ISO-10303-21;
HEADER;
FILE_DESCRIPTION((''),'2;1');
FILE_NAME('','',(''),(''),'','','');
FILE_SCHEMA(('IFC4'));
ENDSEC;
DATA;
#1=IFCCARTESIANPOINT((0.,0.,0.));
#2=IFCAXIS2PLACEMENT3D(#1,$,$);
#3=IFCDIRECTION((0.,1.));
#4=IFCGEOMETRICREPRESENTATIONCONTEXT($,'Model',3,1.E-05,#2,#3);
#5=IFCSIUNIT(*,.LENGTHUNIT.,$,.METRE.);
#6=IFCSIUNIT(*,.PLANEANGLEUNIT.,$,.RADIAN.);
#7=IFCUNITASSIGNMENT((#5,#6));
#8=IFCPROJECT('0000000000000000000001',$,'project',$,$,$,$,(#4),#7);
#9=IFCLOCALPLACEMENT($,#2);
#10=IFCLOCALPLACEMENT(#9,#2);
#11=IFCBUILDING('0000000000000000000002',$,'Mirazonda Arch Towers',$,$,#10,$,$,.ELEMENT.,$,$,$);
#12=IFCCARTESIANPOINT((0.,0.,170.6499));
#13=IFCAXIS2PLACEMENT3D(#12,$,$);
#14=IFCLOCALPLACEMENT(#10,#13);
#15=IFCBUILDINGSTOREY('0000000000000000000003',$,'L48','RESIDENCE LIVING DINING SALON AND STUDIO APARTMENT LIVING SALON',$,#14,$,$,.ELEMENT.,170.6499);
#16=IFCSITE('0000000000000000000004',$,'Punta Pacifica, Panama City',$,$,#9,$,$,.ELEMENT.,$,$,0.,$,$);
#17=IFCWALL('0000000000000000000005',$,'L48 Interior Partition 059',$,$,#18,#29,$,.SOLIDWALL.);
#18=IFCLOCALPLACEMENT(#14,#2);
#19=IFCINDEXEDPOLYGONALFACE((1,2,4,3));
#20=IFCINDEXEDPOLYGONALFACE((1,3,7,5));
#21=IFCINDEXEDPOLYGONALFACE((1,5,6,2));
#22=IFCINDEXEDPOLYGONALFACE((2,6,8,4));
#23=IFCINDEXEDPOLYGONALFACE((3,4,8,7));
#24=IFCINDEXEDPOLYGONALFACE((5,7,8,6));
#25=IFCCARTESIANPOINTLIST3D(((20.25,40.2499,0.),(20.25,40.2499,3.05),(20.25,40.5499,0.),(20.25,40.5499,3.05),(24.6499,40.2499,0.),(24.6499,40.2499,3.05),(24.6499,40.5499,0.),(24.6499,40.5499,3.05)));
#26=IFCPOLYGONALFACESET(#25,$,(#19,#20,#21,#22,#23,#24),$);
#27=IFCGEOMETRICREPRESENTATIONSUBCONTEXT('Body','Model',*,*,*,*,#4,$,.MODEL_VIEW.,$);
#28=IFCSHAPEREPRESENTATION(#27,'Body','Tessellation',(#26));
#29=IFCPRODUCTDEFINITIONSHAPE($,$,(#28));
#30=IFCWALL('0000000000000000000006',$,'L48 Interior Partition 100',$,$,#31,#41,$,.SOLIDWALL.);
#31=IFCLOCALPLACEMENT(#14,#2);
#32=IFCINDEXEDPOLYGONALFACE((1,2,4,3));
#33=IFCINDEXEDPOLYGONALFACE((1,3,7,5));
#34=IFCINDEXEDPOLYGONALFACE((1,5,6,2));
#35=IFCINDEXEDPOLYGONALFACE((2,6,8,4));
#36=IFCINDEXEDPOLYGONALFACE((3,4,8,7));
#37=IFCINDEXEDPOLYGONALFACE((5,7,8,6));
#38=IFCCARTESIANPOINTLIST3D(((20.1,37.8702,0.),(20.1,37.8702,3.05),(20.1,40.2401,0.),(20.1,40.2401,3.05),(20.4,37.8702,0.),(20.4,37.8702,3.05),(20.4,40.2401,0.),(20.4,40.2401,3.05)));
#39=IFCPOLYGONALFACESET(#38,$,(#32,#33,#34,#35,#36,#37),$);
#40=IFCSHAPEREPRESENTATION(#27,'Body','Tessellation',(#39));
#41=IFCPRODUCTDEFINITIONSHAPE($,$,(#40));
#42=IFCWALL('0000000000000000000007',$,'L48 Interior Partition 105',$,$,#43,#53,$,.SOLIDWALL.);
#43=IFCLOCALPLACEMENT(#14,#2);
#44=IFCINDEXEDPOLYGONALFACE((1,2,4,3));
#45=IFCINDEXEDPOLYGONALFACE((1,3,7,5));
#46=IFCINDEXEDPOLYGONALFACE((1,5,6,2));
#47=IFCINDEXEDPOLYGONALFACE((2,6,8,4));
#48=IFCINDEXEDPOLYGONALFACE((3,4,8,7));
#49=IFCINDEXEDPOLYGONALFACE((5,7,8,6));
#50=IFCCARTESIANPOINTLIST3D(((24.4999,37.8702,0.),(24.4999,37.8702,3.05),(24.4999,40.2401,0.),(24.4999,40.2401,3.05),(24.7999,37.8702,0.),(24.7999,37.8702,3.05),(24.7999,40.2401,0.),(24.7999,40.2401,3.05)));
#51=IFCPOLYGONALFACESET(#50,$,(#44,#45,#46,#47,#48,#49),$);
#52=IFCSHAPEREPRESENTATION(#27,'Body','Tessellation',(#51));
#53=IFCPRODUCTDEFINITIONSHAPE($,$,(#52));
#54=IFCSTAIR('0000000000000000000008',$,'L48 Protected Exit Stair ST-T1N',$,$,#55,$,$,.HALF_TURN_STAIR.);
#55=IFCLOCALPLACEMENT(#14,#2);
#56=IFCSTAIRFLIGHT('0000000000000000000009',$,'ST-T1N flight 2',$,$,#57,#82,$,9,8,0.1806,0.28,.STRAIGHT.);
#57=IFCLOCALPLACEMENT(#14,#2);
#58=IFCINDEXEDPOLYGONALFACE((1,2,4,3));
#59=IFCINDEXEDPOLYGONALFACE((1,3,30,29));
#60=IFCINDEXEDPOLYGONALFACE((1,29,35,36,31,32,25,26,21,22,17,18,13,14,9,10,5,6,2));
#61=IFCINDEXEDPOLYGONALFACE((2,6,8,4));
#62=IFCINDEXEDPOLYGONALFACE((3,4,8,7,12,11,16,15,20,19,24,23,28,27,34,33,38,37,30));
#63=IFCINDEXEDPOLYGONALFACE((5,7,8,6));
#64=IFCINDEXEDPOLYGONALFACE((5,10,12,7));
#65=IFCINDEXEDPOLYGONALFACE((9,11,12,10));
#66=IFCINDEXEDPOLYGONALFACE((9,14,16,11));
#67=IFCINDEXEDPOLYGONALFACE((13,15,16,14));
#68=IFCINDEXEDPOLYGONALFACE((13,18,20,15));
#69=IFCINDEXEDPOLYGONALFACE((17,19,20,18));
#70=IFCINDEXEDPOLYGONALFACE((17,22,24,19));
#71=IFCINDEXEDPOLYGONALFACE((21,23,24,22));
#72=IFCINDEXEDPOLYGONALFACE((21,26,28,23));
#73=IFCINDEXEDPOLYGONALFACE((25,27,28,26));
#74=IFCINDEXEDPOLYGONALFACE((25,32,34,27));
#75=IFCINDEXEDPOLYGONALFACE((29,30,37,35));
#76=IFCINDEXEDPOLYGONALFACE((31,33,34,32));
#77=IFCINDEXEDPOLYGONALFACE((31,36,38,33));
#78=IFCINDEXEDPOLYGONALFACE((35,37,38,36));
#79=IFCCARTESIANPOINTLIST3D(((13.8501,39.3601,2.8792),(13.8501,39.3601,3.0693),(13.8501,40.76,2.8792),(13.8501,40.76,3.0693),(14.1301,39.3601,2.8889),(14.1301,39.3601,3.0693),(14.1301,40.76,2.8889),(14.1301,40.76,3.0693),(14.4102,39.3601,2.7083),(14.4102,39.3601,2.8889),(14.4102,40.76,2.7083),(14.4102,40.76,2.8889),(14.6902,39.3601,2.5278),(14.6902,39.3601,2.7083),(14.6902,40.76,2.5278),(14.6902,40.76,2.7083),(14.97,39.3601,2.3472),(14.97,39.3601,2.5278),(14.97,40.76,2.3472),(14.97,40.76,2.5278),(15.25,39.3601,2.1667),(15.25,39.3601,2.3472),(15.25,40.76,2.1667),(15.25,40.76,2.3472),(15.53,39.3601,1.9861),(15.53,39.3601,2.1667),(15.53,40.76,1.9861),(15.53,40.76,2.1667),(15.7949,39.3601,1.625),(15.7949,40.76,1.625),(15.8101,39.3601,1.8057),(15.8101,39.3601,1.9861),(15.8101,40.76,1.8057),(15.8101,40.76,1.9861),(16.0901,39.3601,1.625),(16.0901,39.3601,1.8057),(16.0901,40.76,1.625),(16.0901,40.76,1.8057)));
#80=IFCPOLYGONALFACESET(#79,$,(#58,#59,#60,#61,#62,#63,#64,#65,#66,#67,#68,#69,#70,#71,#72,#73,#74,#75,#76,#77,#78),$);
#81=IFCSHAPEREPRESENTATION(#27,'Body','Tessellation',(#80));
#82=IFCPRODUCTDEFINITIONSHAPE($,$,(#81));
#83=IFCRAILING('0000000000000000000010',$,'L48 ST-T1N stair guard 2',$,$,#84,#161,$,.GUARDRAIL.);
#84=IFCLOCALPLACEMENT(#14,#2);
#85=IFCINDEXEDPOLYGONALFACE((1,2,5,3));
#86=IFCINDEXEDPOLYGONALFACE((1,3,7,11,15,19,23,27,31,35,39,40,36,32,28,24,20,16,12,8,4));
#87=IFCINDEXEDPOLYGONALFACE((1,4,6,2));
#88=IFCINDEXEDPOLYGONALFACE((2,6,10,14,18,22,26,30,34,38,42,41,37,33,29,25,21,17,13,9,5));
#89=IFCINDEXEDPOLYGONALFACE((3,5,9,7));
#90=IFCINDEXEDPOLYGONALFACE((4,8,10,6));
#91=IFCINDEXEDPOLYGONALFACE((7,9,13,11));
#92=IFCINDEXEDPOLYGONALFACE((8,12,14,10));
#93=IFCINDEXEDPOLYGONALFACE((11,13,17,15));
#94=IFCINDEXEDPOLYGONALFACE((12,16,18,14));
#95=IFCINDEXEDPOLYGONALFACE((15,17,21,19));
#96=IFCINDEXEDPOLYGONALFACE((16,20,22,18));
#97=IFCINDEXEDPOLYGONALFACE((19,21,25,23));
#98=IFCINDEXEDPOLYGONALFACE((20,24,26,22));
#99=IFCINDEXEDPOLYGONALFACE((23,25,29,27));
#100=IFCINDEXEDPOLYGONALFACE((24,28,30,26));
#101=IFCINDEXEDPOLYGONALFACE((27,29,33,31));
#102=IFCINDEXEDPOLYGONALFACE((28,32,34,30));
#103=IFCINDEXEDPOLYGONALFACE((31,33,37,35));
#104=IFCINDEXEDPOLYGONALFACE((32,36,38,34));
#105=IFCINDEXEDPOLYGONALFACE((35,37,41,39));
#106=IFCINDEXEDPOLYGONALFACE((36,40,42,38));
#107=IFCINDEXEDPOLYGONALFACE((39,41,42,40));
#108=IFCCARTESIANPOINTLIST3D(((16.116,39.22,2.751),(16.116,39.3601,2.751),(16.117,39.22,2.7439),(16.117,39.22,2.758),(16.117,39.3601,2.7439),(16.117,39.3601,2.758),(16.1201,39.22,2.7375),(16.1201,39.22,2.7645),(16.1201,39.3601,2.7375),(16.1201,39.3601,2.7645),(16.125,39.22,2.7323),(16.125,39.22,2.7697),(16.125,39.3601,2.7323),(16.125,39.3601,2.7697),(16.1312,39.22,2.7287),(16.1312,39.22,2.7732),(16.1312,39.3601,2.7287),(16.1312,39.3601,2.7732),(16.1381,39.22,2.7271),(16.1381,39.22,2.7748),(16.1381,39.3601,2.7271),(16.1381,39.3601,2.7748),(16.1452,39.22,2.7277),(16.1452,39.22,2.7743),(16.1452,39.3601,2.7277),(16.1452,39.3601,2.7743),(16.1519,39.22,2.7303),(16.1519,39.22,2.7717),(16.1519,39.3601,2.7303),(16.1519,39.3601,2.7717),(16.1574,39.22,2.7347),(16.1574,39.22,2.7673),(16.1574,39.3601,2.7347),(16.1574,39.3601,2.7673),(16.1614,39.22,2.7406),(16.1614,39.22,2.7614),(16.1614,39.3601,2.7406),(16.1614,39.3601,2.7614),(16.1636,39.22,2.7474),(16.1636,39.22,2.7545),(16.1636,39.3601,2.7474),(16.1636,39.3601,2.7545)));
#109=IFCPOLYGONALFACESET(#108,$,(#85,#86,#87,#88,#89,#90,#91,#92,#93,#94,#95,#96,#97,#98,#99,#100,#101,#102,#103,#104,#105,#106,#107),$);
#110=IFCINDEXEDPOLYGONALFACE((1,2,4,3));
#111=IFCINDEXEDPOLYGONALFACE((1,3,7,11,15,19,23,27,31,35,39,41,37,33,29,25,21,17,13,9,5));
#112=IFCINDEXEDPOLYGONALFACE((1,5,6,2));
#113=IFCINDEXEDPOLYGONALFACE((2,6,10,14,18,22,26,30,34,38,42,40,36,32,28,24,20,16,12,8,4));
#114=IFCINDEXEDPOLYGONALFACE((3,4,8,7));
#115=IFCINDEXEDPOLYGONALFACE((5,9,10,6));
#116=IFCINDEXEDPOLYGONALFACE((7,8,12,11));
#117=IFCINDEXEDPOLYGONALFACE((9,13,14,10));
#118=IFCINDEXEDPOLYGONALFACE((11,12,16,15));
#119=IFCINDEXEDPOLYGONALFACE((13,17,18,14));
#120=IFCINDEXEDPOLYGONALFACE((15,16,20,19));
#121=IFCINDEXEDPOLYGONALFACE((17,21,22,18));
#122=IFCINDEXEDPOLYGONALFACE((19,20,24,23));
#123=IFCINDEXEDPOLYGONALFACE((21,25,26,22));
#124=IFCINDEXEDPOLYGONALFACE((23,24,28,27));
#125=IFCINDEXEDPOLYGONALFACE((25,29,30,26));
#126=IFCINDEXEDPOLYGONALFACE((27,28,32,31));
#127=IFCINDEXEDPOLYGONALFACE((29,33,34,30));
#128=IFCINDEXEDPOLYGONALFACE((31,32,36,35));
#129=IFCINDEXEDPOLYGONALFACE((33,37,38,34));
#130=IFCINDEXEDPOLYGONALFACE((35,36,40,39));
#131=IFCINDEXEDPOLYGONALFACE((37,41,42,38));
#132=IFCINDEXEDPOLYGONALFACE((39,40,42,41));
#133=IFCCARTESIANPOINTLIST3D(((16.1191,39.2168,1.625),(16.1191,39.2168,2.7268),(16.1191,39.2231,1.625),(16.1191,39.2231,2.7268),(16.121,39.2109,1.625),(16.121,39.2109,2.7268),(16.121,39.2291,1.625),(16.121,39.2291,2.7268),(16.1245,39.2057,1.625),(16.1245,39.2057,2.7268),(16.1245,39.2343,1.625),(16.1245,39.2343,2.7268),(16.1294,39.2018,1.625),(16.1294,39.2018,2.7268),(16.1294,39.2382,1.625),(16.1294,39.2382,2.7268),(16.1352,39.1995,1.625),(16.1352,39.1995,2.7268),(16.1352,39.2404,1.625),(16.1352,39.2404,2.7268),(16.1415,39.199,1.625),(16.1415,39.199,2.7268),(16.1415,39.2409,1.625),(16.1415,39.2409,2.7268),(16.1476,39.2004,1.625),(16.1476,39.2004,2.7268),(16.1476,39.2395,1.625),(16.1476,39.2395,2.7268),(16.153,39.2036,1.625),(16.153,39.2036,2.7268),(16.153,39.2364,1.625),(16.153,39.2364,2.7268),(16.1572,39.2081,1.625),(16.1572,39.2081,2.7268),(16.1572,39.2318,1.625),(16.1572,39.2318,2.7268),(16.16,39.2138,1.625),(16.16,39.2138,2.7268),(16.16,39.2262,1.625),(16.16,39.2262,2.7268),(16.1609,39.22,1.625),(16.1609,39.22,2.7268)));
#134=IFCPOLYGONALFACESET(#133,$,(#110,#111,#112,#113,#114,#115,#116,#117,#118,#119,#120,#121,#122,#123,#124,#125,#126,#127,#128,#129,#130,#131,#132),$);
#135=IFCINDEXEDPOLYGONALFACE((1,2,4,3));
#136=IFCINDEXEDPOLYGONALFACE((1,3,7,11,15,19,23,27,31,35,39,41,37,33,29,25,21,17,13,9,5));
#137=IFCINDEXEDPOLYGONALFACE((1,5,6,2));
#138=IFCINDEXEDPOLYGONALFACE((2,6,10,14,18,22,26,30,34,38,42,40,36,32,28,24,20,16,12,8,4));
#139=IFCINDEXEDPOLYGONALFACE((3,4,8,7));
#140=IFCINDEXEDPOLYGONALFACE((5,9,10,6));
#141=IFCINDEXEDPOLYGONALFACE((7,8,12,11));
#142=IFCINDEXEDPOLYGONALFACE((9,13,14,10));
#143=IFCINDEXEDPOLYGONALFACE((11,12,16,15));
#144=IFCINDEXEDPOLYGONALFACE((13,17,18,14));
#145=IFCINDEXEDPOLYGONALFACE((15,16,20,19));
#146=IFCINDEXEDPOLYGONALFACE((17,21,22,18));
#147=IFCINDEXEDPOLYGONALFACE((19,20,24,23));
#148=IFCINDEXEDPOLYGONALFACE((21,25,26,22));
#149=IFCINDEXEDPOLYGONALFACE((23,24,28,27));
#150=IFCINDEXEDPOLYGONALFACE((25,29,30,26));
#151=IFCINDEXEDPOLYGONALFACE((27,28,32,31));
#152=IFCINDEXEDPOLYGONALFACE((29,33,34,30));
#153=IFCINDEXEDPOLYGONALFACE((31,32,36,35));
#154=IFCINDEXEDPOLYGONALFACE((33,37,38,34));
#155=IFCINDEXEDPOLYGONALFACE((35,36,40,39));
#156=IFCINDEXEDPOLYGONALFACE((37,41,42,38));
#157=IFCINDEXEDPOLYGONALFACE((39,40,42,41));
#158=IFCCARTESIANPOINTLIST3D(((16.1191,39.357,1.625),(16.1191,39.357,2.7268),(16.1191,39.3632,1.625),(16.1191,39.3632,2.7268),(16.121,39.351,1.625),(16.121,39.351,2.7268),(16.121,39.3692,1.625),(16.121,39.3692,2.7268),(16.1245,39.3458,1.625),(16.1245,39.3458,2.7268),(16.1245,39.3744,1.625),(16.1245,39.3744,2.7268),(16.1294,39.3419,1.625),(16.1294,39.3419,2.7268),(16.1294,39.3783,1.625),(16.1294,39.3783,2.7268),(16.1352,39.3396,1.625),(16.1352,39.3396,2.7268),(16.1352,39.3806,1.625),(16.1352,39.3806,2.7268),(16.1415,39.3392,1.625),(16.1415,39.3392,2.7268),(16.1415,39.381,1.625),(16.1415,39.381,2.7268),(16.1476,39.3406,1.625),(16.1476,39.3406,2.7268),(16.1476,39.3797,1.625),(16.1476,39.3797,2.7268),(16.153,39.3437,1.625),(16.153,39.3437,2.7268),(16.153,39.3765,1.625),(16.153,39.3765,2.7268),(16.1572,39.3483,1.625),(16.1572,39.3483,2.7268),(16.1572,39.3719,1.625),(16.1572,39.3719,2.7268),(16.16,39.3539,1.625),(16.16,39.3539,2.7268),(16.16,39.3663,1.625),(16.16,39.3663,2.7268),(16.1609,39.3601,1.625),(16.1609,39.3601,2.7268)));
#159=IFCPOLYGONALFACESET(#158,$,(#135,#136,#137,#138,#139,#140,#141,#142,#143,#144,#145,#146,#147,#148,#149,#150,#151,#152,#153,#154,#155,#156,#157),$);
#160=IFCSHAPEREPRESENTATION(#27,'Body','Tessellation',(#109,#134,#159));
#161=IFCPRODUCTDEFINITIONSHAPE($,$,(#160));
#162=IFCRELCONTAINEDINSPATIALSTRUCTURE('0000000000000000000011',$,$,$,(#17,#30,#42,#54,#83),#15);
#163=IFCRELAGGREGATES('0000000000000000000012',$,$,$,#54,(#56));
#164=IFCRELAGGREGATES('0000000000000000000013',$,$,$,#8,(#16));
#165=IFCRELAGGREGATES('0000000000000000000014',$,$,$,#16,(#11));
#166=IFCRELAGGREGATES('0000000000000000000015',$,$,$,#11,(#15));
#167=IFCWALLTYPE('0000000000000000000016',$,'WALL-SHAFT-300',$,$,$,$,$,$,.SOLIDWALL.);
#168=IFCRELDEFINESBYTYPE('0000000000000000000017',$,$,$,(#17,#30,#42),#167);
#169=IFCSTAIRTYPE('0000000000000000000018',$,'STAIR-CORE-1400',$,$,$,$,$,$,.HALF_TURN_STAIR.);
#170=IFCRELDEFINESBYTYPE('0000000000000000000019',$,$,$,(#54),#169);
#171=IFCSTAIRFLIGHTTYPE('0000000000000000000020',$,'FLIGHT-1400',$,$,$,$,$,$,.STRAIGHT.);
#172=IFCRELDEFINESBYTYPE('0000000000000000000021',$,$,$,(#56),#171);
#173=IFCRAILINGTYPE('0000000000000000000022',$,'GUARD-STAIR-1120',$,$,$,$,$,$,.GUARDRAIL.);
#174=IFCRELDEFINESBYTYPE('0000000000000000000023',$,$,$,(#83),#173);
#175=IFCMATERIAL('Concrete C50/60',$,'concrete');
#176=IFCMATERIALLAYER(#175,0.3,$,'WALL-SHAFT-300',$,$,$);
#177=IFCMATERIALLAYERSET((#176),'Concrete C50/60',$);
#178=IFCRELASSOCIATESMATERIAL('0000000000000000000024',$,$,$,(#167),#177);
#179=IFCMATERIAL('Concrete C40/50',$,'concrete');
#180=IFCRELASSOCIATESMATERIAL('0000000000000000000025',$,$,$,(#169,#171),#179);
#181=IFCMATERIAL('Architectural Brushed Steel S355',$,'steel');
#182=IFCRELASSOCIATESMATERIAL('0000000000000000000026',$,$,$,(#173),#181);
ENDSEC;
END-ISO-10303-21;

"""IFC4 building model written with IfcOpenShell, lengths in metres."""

from ifc_helpers import new_model, si_unit, direction, frame, frame_2d, origin, origin_2d, place, context, subcontext, project, spatial, polyline, rectangle, circle, outline, extrude, material, layer, layer_set, type_object, element, aggregate, save


model = new_model("IFC4")

# Units and contexts
model_context = context("Model", 3, precision=1e-05, world=origin(), true_north=direction((0.0, 1.0)))
body_context = subcontext(model_context, "Body", "Model", "MODEL_VIEW")
ifc_project = project(units=[si_unit("LENGTHUNIT", "METRE"), si_unit("PLANEANGLEUNIT", "RADIAN")], contexts=[model_context])

# Site, building, storey
site_placement = place(None, origin())
site = spatial("IfcSite", under=ifc_project, at=site_placement, Name="Punta Pacifica, Panama City", CompositionType="ELEMENT", RefElevation=0.0)
building_placement = place(site_placement, origin())
building = spatial("IfcBuilding", under=site, at=building_placement, Name="Mirazonda Arch Towers", CompositionType="ELEMENT")
storey_placement = place(building_placement, frame((0.0, 0.0, 170.6499)))
storey = spatial("IfcBuildingStorey", under=building, at=storey_placement, Name="L48", Description="RESIDENCE LIVING DINING SALON AND STUDIO APARTMENT LIVING SALON", CompositionType="ELEMENT", Elevation=170.6499)

# Shared definitions
ifc_material_1 = material(Name="Concrete C50/60", Category="concrete")

# Shared definitions
ifc_material_2 = material(Name="Concrete C40/50", Category="concrete")

# Shared definitions
ifc_material_3 = material(Name="Architectural Brushed Steel S355", Category="steel")

# Walls
ifc_layer_1 = layer(ifc_material_1, 0.3, Name="WALL-SHAFT-300")
ifc_layer_set_1 = layer_set([ifc_layer_1], Name="Concrete C50/60")
wall_type_1 = type_object("IfcWallType", Name="WALL-SHAFT-300", PredefinedType="SOLIDWALL", material=ifc_layer_set_1)
wall_1_placement = place(storey_placement, frame((20.25, 40.3999, 0.0), z_axis=(0.0, 0.0, 1.0), x_axis=(1.0, 0.0, 0.0)))
element("IfcWall", 1, at=wall_1_placement, inside=storey, type_object=wall_type_1, Name="L48 Interior Partition 059", PredefinedType="SOLIDWALL", context=body_context, shape_type="SweptSolid", body=[
    extrude(rectangle(XDim=4.3999, YDim=0.3, at=frame_2d((2.2, 0.0))), origin(), (0.0, 0.0, 1.0), 3.05),
])
for number, where, z_axis, x_axis, name in (
    (2, (20.25, 37.8701, 0.0), (0.0, 0.0, 1.0), (0.0, 1.0, 0.0), "L48 Interior Partition 100"),
    (3, (24.6499, 37.8701, 0.0), (0.0, 0.0, 1.0), (0.0, 1.0, 0.0), "L48 Interior Partition 105"),
):
    element("IfcWall", number, at=place(storey_placement, frame(where, z_axis=z_axis, x_axis=x_axis)), inside=storey, type_object=wall_type_1, Name=name, PredefinedType="SOLIDWALL", context=body_context, shape_type="SweptSolid", body=[
        extrude(rectangle(XDim=2.3699, YDim=0.3, at=frame_2d((1.1851, 0.0))), origin(), (0.0, 0.0, 1.0), 3.05),
    ])

# Stair, stair flight
stair_type = type_object("IfcStairType", Name="STAIR-CORE-1400", PredefinedType="HALF_TURN_STAIR", material=ifc_material_2)
stair_placement = place(storey_placement, origin())
stair = element("IfcStair", 4, at=stair_placement, inside=storey, type_object=stair_type, Name="L48 Protected Exit Stair ST-T1N", PredefinedType="HALF_TURN_STAIR")
stair_flight_type = type_object("IfcStairFlightType", Name="FLIGHT-1400", PredefinedType="STRAIGHT", material=ifc_material_2)
stair_flight_placement = place(storey_placement, frame((16.0901, 40.0601, 1.625), z_axis=(0.0, 0.0, 1.0), x_axis=(-1.0, 0.0, 0.0)))
stair_flight = element("IfcStairFlight", 5, at=stair_flight_placement, type_object=stair_flight_type, Name="ST-T1N flight 2", NumberOfRisers=9, NumberOfTreads=8, PredefinedType="STRAIGHT", RiserHeight=0.1806, TreadLength=0.28, context=body_context, shape_type="SweptSolid", body=[
    extrude(outline(polyline([(0.0, 0.0), (0.0, 0.1807), (0.28, 0.1807), (0.28, 0.3611), (0.5601, 0.3611), (0.5601, 0.5417), (0.8401, 0.5417), (0.8401, 0.7222), (1.1201, 0.7222), (1.1201, 0.9028), (1.3999, 0.9028), (1.3999, 1.0833), (1.6799, 1.0833), (1.6799, 1.2639), (1.96, 1.2639), (1.96, 1.4443), (2.24, 1.4443), (2.24, 1.625), (2.24, 1.2542), (0.2952, 0.0), (0.0, 0.0)])), frame((0.0, 0.7, 0.0), z_axis=(0.0, -1.0, 0.0), x_axis=(1.0, 0.0, 0.0)), (0.0, 0.0, 1.0), 1.3999),
])
aggregate(stair, [stair_flight])

# Railing
railing_type_1 = type_object("IfcRailingType", Name="GUARD-STAIR-1120", PredefinedType="GUARDRAIL", material=ifc_material_3)
railing_1_placement = place(storey_placement, frame((16.1399, 39.22, 1.625)))
element("IfcRailing", 6, at=railing_1_placement, inside=storey, type_object=railing_type_1, Name="L48 ST-T1N stair guard 2", PredefinedType="GUARDRAIL", context=body_context, shape_type="SweptSolid", body=[
    extrude(circle(Radius=0.0239, at=origin_2d()), frame((0.0, 0.0, 1.126), z_axis=(0.0, 1.0, 0.0), x_axis=(-1.0, 0.0, 0.0)), (0.0, 0.0, 1.0), 0.1401),
    extrude(circle(Radius=0.021, at=origin_2d()), origin(), (0.0, 0.0, 1.0), 1.1018),
    extrude(circle(Radius=0.021, at=origin_2d()), frame((0.0, 0.1401, 0.0)), (0.0, 0.0, 1.0), 1.1018),
])

save(model, "model.ifc")
